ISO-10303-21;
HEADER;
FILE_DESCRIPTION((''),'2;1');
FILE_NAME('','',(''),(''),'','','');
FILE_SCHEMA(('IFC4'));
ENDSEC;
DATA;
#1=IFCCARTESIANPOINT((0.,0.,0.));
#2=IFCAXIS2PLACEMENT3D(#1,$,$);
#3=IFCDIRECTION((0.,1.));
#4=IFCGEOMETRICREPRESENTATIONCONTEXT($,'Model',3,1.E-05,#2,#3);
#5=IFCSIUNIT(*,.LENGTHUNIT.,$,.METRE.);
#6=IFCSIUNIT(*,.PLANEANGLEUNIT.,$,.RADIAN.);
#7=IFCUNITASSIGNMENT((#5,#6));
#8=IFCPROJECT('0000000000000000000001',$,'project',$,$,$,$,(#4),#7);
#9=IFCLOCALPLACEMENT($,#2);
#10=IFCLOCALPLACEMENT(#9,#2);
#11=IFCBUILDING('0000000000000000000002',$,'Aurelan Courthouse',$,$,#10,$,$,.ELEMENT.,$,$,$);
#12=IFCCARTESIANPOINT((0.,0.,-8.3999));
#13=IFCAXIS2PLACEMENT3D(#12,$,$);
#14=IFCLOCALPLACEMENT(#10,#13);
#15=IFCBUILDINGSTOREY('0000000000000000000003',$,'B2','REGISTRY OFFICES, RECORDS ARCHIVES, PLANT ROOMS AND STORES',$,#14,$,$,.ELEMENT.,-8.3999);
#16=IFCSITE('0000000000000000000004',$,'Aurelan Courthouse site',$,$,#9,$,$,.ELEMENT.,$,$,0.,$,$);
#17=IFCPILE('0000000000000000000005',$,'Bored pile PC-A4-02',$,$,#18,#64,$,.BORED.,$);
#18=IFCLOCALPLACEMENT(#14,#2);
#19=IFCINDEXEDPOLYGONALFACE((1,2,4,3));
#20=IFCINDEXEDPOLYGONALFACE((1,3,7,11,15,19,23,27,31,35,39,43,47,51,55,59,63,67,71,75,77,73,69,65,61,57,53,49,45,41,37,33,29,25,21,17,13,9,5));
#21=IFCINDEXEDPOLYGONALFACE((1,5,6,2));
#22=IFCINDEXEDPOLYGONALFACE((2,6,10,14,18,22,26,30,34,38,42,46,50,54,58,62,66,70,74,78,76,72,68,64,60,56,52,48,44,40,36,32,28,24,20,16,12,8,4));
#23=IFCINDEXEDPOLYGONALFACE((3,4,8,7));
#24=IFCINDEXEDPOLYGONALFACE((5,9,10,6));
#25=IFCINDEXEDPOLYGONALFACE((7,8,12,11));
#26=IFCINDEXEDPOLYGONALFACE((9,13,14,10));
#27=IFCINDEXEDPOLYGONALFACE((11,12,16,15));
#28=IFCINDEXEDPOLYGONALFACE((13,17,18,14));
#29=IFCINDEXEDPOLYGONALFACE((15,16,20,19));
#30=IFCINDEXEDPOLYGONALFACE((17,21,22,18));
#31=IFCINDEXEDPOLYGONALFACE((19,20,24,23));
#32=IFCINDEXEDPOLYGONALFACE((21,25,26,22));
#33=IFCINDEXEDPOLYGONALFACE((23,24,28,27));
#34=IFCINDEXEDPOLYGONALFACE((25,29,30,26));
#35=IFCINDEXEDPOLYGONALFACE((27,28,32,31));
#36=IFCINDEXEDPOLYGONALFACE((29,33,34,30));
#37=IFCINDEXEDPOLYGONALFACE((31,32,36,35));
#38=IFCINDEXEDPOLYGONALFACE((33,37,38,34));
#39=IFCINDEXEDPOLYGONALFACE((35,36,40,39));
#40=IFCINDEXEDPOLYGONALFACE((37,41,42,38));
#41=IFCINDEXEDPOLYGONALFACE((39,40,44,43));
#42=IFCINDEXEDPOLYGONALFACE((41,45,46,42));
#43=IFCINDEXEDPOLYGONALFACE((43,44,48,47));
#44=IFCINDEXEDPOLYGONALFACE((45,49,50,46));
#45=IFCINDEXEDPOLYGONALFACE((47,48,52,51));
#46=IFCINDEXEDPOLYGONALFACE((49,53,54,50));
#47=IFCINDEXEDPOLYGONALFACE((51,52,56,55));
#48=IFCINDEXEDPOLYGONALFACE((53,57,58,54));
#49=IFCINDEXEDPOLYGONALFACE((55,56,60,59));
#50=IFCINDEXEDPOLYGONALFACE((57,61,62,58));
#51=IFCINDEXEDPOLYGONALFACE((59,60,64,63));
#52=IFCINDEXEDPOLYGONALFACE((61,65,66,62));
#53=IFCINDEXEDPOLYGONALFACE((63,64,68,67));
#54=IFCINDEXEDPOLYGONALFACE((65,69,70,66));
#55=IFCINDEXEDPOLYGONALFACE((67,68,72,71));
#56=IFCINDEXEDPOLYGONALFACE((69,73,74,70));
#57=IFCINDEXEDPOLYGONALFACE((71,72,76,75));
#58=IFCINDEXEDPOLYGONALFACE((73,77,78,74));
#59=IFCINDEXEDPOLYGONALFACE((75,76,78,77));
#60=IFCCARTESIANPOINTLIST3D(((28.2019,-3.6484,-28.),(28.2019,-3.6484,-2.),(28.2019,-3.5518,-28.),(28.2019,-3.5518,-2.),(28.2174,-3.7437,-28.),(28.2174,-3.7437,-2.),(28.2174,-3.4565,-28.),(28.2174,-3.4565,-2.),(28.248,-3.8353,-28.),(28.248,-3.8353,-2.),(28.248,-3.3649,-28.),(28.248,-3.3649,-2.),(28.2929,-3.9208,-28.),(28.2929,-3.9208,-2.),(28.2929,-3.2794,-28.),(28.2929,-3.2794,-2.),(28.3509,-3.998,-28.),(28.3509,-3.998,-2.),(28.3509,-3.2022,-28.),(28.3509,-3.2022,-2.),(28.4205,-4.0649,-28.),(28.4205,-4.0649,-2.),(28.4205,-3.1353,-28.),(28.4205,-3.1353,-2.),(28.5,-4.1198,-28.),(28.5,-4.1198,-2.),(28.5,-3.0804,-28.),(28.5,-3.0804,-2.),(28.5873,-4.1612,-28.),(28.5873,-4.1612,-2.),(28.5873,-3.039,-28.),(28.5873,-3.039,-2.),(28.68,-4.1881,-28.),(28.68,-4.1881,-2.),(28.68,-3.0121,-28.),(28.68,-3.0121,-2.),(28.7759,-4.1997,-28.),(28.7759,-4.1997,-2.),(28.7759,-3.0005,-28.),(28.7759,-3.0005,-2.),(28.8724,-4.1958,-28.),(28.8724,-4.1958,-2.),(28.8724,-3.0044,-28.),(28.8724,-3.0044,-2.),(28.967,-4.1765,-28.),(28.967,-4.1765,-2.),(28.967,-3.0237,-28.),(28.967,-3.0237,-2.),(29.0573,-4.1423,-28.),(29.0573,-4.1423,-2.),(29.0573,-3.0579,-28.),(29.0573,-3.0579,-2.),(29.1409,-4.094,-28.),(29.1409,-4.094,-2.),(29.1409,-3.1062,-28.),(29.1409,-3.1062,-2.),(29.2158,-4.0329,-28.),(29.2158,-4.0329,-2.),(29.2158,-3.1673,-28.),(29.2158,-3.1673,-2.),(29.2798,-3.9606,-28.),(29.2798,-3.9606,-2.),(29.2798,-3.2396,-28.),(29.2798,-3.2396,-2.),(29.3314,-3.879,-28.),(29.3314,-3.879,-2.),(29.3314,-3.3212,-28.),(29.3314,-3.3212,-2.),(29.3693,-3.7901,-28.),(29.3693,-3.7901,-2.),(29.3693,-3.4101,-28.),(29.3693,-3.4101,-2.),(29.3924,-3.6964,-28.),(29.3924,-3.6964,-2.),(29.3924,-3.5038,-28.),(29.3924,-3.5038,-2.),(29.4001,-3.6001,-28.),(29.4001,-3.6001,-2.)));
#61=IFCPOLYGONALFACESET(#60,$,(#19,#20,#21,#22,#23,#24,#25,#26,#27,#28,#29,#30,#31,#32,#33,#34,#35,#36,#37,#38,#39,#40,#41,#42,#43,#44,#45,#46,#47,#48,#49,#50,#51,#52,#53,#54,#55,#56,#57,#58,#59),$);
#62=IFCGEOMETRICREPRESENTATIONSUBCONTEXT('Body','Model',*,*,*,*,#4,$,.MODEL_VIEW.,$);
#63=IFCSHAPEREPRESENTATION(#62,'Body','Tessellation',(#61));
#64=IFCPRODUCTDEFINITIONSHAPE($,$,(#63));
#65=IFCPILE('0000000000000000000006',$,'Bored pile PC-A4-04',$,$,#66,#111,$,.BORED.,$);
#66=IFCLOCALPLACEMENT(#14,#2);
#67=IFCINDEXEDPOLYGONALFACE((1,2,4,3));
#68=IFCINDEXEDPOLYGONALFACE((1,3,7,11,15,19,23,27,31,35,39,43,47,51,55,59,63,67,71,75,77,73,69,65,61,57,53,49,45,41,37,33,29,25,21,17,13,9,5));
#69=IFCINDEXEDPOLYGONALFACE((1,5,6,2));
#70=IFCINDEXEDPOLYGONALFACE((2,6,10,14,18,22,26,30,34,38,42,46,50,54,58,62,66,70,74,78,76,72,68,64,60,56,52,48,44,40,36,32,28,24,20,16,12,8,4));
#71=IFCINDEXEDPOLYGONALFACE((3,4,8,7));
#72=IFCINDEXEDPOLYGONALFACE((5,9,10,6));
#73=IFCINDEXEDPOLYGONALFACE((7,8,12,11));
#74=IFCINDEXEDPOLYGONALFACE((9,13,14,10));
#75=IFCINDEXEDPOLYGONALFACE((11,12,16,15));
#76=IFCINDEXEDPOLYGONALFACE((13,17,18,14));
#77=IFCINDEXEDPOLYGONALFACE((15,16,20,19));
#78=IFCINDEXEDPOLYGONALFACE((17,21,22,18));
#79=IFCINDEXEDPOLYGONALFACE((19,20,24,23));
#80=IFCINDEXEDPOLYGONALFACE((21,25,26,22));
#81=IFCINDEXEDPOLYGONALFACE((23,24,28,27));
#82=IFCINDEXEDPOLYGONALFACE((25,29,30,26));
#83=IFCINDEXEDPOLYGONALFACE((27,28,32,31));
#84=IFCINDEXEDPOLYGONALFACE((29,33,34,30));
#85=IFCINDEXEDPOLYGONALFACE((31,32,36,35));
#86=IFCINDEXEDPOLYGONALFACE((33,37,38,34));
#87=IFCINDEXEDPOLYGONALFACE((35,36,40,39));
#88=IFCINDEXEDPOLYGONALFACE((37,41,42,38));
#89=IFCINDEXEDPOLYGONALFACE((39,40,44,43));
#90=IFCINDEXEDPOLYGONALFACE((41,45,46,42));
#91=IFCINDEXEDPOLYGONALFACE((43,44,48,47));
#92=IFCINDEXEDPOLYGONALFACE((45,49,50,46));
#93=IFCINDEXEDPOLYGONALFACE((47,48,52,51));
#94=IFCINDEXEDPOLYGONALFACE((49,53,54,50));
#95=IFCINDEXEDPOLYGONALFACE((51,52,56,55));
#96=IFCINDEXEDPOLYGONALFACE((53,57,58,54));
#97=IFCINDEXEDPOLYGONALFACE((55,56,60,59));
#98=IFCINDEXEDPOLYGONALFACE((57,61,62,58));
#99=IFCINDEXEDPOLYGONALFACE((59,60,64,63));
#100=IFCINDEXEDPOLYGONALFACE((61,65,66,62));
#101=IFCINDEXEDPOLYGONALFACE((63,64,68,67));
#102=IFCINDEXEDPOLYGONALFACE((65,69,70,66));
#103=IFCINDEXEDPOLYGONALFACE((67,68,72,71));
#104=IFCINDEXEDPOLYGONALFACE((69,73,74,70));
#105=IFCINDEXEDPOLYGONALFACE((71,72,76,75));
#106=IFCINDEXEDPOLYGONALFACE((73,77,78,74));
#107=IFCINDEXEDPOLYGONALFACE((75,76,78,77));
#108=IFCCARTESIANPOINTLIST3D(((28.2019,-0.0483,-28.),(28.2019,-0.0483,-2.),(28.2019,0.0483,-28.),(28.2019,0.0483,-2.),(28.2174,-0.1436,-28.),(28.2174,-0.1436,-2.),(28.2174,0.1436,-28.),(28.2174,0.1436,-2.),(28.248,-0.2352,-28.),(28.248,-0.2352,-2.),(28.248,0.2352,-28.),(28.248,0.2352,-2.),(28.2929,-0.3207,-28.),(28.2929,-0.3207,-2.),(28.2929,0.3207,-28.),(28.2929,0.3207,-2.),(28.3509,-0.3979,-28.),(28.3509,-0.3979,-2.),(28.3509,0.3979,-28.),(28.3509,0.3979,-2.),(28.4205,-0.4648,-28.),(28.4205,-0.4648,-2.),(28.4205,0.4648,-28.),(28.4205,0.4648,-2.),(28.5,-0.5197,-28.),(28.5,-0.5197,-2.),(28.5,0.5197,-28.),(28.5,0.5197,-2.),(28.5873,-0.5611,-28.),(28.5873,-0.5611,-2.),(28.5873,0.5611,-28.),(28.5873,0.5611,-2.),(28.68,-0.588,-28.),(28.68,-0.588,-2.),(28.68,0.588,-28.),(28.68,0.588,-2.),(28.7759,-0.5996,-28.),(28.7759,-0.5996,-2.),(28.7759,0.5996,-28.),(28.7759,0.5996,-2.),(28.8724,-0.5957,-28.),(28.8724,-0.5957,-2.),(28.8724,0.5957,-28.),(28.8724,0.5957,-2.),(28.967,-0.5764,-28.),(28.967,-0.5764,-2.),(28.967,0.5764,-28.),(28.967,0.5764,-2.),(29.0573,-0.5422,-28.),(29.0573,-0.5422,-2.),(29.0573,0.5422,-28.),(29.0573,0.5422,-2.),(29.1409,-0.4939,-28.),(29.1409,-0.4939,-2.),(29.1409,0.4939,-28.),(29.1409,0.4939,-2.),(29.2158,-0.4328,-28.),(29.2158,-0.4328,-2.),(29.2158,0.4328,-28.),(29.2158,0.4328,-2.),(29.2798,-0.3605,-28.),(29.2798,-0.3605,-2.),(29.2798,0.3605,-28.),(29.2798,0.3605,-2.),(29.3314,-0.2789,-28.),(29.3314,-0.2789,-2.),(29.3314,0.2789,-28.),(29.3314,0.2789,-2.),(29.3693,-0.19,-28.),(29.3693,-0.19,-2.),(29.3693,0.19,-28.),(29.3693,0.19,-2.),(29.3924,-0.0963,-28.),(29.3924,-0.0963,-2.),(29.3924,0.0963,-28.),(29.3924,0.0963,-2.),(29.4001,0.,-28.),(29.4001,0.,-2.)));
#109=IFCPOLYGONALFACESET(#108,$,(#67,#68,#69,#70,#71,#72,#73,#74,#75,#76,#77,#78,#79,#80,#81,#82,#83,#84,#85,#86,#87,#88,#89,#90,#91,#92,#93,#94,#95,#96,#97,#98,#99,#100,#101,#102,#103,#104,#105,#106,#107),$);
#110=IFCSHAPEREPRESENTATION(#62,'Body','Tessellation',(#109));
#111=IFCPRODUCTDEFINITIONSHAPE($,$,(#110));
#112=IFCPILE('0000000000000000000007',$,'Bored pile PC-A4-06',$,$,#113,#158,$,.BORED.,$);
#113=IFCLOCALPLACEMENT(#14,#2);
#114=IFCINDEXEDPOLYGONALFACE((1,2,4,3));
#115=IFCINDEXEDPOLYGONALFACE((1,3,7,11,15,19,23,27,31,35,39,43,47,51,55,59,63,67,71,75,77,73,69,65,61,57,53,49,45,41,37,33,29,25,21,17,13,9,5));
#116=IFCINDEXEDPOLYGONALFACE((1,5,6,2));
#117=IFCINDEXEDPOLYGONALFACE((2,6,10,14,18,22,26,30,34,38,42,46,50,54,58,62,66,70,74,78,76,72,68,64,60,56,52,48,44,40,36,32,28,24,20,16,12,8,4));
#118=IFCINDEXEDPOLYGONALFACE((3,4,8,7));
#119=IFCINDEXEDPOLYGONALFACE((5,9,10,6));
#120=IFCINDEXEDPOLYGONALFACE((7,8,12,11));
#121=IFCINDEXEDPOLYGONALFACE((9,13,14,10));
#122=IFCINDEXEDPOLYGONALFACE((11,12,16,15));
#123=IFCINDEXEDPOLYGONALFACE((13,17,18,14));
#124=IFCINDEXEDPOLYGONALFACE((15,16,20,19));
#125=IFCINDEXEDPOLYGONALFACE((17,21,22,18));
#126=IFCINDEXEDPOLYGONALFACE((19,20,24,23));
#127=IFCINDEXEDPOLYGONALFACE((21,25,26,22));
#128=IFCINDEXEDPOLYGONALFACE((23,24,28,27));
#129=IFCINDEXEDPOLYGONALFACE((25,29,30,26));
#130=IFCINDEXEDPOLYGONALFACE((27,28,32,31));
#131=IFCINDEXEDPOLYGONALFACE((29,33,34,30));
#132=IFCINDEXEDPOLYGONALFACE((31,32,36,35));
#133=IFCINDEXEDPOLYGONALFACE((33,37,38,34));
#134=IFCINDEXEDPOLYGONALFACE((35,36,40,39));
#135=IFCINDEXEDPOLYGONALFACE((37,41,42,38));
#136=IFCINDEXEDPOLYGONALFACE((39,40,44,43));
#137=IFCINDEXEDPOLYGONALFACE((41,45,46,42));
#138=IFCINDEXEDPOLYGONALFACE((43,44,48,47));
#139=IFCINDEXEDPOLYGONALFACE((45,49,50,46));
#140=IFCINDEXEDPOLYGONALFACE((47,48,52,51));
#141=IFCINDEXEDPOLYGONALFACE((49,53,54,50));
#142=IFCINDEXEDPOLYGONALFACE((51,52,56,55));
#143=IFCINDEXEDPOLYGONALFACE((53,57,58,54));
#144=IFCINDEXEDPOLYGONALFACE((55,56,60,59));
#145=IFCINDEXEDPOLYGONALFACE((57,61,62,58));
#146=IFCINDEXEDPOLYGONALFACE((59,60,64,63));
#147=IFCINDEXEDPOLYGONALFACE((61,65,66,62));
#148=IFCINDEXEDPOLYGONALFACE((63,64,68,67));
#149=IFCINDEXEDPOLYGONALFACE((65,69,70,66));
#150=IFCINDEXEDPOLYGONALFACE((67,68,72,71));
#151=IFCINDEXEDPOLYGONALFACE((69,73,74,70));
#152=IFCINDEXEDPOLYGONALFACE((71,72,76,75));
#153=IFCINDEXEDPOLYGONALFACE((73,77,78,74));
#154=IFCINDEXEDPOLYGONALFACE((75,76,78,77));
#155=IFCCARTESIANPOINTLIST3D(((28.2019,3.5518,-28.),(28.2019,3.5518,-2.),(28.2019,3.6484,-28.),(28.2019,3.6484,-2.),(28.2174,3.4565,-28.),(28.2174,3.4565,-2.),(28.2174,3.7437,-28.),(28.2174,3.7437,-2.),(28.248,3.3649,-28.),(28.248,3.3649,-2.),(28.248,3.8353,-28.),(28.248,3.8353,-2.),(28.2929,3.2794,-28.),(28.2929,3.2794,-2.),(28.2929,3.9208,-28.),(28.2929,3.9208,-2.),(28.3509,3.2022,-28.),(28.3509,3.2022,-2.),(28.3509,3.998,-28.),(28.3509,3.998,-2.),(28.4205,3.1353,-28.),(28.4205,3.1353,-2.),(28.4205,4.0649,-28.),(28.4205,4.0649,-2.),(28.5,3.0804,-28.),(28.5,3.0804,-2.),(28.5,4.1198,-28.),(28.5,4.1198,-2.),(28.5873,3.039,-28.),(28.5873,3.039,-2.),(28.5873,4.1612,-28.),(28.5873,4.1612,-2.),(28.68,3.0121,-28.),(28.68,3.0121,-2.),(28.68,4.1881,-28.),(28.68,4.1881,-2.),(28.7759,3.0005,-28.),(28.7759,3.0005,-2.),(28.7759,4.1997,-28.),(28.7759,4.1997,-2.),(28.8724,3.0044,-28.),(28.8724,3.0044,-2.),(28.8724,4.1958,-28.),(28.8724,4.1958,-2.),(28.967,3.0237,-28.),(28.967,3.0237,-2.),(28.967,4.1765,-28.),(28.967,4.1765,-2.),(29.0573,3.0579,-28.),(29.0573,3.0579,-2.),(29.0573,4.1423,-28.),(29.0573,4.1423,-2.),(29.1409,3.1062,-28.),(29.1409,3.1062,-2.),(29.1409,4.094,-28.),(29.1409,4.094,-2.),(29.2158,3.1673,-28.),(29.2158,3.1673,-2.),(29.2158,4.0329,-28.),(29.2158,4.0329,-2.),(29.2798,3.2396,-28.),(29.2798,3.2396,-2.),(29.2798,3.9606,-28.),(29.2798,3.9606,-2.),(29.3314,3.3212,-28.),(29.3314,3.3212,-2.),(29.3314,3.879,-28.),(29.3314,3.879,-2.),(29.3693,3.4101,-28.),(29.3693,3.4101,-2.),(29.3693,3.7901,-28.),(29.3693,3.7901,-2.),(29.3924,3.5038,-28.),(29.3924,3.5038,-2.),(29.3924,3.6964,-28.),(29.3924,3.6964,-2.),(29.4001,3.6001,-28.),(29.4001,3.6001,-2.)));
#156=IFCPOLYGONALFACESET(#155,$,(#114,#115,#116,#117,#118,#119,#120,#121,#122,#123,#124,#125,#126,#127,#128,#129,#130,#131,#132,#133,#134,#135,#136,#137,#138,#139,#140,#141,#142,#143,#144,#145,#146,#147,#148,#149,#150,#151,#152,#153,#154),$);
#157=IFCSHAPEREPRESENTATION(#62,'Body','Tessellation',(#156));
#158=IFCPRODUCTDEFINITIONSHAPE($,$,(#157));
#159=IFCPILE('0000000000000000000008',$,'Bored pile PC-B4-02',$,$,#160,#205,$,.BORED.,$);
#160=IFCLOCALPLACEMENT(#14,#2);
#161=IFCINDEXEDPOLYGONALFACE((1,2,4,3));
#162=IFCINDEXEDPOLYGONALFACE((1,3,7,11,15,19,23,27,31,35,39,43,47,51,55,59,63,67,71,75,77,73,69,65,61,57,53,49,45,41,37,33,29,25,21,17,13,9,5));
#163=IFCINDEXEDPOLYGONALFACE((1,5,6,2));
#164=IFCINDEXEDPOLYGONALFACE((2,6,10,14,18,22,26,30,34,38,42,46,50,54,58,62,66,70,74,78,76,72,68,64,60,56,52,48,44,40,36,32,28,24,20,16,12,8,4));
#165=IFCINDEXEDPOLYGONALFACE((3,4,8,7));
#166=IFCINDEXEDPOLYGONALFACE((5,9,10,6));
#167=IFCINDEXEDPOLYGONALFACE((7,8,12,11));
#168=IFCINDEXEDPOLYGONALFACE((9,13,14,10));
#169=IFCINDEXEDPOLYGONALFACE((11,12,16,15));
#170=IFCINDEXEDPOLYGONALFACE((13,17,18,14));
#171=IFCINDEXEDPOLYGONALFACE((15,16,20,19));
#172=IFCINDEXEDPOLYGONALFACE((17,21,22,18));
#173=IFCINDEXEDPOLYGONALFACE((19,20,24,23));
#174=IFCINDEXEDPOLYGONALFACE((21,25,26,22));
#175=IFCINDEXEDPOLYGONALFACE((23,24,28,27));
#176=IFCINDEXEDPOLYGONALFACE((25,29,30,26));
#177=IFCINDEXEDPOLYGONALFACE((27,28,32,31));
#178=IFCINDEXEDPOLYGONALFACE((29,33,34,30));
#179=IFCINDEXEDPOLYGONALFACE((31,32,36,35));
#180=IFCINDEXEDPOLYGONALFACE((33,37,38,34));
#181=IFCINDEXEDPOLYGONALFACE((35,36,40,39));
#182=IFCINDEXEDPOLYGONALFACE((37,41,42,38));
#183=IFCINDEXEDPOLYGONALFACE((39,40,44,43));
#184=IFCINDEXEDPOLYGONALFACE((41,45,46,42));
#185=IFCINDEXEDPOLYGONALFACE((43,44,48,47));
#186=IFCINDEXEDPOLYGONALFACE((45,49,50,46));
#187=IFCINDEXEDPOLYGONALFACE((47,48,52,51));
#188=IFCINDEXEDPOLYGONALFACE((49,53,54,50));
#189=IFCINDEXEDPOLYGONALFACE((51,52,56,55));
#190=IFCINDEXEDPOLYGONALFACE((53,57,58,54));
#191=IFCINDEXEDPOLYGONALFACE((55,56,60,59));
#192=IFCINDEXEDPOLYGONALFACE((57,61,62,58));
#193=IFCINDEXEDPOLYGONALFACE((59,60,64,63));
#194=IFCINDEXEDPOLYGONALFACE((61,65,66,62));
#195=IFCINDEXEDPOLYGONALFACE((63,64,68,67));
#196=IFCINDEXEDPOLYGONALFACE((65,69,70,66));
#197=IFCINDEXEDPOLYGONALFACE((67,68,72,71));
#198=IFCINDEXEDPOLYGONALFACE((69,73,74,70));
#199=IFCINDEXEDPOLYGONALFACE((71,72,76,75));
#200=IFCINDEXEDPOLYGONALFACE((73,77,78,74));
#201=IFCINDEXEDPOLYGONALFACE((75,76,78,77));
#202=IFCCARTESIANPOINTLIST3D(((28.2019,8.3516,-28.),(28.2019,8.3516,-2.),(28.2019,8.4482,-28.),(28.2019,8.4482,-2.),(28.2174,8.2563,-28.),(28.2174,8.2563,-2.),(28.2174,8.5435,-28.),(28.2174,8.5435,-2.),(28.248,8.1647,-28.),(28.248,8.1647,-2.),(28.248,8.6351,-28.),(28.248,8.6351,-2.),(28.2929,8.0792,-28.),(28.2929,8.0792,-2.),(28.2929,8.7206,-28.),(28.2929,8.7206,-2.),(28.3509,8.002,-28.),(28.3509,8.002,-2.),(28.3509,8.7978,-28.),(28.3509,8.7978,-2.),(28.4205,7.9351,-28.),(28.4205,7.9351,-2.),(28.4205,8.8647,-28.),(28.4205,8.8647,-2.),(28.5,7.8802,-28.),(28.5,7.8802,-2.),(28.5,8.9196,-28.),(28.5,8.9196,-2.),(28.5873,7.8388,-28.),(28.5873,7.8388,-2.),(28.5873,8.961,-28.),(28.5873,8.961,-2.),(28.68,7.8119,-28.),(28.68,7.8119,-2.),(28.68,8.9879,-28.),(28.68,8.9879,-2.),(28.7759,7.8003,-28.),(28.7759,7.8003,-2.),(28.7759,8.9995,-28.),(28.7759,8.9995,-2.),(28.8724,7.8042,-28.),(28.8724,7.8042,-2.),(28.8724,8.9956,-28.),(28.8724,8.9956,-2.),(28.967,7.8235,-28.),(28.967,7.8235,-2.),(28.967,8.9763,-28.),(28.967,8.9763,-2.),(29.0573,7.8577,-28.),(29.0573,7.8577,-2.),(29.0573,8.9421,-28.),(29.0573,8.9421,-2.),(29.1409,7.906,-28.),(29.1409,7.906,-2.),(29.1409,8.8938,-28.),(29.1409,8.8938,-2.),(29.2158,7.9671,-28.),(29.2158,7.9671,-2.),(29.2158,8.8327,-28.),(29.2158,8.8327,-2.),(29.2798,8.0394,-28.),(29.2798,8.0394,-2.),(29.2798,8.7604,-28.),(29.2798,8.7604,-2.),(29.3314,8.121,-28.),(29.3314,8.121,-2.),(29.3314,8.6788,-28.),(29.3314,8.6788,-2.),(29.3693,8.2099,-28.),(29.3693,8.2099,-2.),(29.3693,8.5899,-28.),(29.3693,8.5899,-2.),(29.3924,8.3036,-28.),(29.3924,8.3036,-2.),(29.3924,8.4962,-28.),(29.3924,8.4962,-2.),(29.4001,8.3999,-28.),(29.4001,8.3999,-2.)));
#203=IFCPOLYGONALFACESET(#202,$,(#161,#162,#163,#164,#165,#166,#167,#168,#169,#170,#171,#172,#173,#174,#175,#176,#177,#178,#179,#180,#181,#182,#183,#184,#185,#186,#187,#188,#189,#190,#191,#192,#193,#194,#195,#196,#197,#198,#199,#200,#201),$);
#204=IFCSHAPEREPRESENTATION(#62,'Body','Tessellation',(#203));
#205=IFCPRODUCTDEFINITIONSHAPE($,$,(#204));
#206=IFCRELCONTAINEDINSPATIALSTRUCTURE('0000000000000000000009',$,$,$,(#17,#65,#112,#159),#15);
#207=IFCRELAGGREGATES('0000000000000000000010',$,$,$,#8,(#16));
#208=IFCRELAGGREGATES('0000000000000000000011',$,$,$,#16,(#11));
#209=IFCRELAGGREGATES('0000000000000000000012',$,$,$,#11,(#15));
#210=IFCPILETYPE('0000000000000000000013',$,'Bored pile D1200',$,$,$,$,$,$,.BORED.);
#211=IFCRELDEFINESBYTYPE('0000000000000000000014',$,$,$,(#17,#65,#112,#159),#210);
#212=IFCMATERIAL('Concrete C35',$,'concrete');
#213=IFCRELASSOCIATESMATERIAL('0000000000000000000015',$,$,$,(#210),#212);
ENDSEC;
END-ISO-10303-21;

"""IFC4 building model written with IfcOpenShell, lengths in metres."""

from ifc_helpers import new_model, si_unit, direction, frame, origin, origin_2d, place, context, subcontext, project, spatial, circle, extrude, material, material_profile, profile_set, type_object, element, save


model = new_model("IFC4")

# Units and contexts
model_context = context("Model", 3, precision=1e-05, world=origin(), true_north=direction((0.0, 1.0)))
body_context = subcontext(model_context, "Body", "Model", "MODEL_VIEW")
ifc_project = project(units=[si_unit("LENGTHUNIT", "METRE"), si_unit("PLANEANGLEUNIT", "RADIAN")], contexts=[model_context])

# Site, building, storey
site_placement = place(None, origin())
site = spatial("IfcSite", under=ifc_project, at=site_placement, Name="Aurelan Courthouse site", CompositionType="ELEMENT", RefElevation=0.0)
building_placement = place(site_placement, origin())
building = spatial("IfcBuilding", under=site, at=building_placement, Name="Aurelan Courthouse", CompositionType="ELEMENT")
storey_placement = place(building_placement, frame((0.0, 0.0, -8.3999)))
storey = spatial("IfcBuildingStorey", under=building, at=storey_placement, Name="B2", Description="REGISTRY OFFICES, RECORDS ARCHIVES, PLANT ROOMS AND STORES", CompositionType="ELEMENT", Elevation=-8.3999)

# Piles
ifc_material_1 = material(Name="Concrete C35", Category="concrete")
ifc_material_profile_1 = material_profile(ifc_material_1, circle(Radius=0.6001, at=origin_2d()), Name="D1200")
ifc_profile_set_1 = profile_set([ifc_material_profile_1], Name="Concrete C35")
pile_type_1 = type_object("IfcPileType", Name="Bored pile D1200", PredefinedType="BORED", material=ifc_profile_set_1)
for number, where, z_axis, x_axis, name in (
    (1, (28.8, -3.6001, -2.0), (0.0, 0.0, -1.0), (1.0, 0.0, 0.0), "Bored pile PC-A4-02"),
    (2, (28.8, 0.0, -2.0), (0.0, 0.0, -1.0), (1.0, 0.0, 0.0), "Bored pile PC-A4-04"),
    (3, (28.8, 3.6001, -2.0), (0.0, 0.0, -1.0), (1.0, 0.0, 0.0), "Bored pile PC-A4-06"),
    (4, (28.8, 8.3999, -2.0), (0.0, 0.0, -1.0), (1.0, 0.0, 0.0), "Bored pile PC-B4-02"),
):
    element("IfcPile", number, at=place(storey_placement, frame(where, z_axis=z_axis, x_axis=x_axis)), inside=storey, type_object=pile_type_1, Name=name, PredefinedType="BORED", context=body_context, shape_type="SweptSolid", body=[
        extrude(circle(Radius=0.6001, at=origin_2d()), origin(), (0.0, 0.0, 1.0), 26.0),
    ])

save(model, "model.ifc")
